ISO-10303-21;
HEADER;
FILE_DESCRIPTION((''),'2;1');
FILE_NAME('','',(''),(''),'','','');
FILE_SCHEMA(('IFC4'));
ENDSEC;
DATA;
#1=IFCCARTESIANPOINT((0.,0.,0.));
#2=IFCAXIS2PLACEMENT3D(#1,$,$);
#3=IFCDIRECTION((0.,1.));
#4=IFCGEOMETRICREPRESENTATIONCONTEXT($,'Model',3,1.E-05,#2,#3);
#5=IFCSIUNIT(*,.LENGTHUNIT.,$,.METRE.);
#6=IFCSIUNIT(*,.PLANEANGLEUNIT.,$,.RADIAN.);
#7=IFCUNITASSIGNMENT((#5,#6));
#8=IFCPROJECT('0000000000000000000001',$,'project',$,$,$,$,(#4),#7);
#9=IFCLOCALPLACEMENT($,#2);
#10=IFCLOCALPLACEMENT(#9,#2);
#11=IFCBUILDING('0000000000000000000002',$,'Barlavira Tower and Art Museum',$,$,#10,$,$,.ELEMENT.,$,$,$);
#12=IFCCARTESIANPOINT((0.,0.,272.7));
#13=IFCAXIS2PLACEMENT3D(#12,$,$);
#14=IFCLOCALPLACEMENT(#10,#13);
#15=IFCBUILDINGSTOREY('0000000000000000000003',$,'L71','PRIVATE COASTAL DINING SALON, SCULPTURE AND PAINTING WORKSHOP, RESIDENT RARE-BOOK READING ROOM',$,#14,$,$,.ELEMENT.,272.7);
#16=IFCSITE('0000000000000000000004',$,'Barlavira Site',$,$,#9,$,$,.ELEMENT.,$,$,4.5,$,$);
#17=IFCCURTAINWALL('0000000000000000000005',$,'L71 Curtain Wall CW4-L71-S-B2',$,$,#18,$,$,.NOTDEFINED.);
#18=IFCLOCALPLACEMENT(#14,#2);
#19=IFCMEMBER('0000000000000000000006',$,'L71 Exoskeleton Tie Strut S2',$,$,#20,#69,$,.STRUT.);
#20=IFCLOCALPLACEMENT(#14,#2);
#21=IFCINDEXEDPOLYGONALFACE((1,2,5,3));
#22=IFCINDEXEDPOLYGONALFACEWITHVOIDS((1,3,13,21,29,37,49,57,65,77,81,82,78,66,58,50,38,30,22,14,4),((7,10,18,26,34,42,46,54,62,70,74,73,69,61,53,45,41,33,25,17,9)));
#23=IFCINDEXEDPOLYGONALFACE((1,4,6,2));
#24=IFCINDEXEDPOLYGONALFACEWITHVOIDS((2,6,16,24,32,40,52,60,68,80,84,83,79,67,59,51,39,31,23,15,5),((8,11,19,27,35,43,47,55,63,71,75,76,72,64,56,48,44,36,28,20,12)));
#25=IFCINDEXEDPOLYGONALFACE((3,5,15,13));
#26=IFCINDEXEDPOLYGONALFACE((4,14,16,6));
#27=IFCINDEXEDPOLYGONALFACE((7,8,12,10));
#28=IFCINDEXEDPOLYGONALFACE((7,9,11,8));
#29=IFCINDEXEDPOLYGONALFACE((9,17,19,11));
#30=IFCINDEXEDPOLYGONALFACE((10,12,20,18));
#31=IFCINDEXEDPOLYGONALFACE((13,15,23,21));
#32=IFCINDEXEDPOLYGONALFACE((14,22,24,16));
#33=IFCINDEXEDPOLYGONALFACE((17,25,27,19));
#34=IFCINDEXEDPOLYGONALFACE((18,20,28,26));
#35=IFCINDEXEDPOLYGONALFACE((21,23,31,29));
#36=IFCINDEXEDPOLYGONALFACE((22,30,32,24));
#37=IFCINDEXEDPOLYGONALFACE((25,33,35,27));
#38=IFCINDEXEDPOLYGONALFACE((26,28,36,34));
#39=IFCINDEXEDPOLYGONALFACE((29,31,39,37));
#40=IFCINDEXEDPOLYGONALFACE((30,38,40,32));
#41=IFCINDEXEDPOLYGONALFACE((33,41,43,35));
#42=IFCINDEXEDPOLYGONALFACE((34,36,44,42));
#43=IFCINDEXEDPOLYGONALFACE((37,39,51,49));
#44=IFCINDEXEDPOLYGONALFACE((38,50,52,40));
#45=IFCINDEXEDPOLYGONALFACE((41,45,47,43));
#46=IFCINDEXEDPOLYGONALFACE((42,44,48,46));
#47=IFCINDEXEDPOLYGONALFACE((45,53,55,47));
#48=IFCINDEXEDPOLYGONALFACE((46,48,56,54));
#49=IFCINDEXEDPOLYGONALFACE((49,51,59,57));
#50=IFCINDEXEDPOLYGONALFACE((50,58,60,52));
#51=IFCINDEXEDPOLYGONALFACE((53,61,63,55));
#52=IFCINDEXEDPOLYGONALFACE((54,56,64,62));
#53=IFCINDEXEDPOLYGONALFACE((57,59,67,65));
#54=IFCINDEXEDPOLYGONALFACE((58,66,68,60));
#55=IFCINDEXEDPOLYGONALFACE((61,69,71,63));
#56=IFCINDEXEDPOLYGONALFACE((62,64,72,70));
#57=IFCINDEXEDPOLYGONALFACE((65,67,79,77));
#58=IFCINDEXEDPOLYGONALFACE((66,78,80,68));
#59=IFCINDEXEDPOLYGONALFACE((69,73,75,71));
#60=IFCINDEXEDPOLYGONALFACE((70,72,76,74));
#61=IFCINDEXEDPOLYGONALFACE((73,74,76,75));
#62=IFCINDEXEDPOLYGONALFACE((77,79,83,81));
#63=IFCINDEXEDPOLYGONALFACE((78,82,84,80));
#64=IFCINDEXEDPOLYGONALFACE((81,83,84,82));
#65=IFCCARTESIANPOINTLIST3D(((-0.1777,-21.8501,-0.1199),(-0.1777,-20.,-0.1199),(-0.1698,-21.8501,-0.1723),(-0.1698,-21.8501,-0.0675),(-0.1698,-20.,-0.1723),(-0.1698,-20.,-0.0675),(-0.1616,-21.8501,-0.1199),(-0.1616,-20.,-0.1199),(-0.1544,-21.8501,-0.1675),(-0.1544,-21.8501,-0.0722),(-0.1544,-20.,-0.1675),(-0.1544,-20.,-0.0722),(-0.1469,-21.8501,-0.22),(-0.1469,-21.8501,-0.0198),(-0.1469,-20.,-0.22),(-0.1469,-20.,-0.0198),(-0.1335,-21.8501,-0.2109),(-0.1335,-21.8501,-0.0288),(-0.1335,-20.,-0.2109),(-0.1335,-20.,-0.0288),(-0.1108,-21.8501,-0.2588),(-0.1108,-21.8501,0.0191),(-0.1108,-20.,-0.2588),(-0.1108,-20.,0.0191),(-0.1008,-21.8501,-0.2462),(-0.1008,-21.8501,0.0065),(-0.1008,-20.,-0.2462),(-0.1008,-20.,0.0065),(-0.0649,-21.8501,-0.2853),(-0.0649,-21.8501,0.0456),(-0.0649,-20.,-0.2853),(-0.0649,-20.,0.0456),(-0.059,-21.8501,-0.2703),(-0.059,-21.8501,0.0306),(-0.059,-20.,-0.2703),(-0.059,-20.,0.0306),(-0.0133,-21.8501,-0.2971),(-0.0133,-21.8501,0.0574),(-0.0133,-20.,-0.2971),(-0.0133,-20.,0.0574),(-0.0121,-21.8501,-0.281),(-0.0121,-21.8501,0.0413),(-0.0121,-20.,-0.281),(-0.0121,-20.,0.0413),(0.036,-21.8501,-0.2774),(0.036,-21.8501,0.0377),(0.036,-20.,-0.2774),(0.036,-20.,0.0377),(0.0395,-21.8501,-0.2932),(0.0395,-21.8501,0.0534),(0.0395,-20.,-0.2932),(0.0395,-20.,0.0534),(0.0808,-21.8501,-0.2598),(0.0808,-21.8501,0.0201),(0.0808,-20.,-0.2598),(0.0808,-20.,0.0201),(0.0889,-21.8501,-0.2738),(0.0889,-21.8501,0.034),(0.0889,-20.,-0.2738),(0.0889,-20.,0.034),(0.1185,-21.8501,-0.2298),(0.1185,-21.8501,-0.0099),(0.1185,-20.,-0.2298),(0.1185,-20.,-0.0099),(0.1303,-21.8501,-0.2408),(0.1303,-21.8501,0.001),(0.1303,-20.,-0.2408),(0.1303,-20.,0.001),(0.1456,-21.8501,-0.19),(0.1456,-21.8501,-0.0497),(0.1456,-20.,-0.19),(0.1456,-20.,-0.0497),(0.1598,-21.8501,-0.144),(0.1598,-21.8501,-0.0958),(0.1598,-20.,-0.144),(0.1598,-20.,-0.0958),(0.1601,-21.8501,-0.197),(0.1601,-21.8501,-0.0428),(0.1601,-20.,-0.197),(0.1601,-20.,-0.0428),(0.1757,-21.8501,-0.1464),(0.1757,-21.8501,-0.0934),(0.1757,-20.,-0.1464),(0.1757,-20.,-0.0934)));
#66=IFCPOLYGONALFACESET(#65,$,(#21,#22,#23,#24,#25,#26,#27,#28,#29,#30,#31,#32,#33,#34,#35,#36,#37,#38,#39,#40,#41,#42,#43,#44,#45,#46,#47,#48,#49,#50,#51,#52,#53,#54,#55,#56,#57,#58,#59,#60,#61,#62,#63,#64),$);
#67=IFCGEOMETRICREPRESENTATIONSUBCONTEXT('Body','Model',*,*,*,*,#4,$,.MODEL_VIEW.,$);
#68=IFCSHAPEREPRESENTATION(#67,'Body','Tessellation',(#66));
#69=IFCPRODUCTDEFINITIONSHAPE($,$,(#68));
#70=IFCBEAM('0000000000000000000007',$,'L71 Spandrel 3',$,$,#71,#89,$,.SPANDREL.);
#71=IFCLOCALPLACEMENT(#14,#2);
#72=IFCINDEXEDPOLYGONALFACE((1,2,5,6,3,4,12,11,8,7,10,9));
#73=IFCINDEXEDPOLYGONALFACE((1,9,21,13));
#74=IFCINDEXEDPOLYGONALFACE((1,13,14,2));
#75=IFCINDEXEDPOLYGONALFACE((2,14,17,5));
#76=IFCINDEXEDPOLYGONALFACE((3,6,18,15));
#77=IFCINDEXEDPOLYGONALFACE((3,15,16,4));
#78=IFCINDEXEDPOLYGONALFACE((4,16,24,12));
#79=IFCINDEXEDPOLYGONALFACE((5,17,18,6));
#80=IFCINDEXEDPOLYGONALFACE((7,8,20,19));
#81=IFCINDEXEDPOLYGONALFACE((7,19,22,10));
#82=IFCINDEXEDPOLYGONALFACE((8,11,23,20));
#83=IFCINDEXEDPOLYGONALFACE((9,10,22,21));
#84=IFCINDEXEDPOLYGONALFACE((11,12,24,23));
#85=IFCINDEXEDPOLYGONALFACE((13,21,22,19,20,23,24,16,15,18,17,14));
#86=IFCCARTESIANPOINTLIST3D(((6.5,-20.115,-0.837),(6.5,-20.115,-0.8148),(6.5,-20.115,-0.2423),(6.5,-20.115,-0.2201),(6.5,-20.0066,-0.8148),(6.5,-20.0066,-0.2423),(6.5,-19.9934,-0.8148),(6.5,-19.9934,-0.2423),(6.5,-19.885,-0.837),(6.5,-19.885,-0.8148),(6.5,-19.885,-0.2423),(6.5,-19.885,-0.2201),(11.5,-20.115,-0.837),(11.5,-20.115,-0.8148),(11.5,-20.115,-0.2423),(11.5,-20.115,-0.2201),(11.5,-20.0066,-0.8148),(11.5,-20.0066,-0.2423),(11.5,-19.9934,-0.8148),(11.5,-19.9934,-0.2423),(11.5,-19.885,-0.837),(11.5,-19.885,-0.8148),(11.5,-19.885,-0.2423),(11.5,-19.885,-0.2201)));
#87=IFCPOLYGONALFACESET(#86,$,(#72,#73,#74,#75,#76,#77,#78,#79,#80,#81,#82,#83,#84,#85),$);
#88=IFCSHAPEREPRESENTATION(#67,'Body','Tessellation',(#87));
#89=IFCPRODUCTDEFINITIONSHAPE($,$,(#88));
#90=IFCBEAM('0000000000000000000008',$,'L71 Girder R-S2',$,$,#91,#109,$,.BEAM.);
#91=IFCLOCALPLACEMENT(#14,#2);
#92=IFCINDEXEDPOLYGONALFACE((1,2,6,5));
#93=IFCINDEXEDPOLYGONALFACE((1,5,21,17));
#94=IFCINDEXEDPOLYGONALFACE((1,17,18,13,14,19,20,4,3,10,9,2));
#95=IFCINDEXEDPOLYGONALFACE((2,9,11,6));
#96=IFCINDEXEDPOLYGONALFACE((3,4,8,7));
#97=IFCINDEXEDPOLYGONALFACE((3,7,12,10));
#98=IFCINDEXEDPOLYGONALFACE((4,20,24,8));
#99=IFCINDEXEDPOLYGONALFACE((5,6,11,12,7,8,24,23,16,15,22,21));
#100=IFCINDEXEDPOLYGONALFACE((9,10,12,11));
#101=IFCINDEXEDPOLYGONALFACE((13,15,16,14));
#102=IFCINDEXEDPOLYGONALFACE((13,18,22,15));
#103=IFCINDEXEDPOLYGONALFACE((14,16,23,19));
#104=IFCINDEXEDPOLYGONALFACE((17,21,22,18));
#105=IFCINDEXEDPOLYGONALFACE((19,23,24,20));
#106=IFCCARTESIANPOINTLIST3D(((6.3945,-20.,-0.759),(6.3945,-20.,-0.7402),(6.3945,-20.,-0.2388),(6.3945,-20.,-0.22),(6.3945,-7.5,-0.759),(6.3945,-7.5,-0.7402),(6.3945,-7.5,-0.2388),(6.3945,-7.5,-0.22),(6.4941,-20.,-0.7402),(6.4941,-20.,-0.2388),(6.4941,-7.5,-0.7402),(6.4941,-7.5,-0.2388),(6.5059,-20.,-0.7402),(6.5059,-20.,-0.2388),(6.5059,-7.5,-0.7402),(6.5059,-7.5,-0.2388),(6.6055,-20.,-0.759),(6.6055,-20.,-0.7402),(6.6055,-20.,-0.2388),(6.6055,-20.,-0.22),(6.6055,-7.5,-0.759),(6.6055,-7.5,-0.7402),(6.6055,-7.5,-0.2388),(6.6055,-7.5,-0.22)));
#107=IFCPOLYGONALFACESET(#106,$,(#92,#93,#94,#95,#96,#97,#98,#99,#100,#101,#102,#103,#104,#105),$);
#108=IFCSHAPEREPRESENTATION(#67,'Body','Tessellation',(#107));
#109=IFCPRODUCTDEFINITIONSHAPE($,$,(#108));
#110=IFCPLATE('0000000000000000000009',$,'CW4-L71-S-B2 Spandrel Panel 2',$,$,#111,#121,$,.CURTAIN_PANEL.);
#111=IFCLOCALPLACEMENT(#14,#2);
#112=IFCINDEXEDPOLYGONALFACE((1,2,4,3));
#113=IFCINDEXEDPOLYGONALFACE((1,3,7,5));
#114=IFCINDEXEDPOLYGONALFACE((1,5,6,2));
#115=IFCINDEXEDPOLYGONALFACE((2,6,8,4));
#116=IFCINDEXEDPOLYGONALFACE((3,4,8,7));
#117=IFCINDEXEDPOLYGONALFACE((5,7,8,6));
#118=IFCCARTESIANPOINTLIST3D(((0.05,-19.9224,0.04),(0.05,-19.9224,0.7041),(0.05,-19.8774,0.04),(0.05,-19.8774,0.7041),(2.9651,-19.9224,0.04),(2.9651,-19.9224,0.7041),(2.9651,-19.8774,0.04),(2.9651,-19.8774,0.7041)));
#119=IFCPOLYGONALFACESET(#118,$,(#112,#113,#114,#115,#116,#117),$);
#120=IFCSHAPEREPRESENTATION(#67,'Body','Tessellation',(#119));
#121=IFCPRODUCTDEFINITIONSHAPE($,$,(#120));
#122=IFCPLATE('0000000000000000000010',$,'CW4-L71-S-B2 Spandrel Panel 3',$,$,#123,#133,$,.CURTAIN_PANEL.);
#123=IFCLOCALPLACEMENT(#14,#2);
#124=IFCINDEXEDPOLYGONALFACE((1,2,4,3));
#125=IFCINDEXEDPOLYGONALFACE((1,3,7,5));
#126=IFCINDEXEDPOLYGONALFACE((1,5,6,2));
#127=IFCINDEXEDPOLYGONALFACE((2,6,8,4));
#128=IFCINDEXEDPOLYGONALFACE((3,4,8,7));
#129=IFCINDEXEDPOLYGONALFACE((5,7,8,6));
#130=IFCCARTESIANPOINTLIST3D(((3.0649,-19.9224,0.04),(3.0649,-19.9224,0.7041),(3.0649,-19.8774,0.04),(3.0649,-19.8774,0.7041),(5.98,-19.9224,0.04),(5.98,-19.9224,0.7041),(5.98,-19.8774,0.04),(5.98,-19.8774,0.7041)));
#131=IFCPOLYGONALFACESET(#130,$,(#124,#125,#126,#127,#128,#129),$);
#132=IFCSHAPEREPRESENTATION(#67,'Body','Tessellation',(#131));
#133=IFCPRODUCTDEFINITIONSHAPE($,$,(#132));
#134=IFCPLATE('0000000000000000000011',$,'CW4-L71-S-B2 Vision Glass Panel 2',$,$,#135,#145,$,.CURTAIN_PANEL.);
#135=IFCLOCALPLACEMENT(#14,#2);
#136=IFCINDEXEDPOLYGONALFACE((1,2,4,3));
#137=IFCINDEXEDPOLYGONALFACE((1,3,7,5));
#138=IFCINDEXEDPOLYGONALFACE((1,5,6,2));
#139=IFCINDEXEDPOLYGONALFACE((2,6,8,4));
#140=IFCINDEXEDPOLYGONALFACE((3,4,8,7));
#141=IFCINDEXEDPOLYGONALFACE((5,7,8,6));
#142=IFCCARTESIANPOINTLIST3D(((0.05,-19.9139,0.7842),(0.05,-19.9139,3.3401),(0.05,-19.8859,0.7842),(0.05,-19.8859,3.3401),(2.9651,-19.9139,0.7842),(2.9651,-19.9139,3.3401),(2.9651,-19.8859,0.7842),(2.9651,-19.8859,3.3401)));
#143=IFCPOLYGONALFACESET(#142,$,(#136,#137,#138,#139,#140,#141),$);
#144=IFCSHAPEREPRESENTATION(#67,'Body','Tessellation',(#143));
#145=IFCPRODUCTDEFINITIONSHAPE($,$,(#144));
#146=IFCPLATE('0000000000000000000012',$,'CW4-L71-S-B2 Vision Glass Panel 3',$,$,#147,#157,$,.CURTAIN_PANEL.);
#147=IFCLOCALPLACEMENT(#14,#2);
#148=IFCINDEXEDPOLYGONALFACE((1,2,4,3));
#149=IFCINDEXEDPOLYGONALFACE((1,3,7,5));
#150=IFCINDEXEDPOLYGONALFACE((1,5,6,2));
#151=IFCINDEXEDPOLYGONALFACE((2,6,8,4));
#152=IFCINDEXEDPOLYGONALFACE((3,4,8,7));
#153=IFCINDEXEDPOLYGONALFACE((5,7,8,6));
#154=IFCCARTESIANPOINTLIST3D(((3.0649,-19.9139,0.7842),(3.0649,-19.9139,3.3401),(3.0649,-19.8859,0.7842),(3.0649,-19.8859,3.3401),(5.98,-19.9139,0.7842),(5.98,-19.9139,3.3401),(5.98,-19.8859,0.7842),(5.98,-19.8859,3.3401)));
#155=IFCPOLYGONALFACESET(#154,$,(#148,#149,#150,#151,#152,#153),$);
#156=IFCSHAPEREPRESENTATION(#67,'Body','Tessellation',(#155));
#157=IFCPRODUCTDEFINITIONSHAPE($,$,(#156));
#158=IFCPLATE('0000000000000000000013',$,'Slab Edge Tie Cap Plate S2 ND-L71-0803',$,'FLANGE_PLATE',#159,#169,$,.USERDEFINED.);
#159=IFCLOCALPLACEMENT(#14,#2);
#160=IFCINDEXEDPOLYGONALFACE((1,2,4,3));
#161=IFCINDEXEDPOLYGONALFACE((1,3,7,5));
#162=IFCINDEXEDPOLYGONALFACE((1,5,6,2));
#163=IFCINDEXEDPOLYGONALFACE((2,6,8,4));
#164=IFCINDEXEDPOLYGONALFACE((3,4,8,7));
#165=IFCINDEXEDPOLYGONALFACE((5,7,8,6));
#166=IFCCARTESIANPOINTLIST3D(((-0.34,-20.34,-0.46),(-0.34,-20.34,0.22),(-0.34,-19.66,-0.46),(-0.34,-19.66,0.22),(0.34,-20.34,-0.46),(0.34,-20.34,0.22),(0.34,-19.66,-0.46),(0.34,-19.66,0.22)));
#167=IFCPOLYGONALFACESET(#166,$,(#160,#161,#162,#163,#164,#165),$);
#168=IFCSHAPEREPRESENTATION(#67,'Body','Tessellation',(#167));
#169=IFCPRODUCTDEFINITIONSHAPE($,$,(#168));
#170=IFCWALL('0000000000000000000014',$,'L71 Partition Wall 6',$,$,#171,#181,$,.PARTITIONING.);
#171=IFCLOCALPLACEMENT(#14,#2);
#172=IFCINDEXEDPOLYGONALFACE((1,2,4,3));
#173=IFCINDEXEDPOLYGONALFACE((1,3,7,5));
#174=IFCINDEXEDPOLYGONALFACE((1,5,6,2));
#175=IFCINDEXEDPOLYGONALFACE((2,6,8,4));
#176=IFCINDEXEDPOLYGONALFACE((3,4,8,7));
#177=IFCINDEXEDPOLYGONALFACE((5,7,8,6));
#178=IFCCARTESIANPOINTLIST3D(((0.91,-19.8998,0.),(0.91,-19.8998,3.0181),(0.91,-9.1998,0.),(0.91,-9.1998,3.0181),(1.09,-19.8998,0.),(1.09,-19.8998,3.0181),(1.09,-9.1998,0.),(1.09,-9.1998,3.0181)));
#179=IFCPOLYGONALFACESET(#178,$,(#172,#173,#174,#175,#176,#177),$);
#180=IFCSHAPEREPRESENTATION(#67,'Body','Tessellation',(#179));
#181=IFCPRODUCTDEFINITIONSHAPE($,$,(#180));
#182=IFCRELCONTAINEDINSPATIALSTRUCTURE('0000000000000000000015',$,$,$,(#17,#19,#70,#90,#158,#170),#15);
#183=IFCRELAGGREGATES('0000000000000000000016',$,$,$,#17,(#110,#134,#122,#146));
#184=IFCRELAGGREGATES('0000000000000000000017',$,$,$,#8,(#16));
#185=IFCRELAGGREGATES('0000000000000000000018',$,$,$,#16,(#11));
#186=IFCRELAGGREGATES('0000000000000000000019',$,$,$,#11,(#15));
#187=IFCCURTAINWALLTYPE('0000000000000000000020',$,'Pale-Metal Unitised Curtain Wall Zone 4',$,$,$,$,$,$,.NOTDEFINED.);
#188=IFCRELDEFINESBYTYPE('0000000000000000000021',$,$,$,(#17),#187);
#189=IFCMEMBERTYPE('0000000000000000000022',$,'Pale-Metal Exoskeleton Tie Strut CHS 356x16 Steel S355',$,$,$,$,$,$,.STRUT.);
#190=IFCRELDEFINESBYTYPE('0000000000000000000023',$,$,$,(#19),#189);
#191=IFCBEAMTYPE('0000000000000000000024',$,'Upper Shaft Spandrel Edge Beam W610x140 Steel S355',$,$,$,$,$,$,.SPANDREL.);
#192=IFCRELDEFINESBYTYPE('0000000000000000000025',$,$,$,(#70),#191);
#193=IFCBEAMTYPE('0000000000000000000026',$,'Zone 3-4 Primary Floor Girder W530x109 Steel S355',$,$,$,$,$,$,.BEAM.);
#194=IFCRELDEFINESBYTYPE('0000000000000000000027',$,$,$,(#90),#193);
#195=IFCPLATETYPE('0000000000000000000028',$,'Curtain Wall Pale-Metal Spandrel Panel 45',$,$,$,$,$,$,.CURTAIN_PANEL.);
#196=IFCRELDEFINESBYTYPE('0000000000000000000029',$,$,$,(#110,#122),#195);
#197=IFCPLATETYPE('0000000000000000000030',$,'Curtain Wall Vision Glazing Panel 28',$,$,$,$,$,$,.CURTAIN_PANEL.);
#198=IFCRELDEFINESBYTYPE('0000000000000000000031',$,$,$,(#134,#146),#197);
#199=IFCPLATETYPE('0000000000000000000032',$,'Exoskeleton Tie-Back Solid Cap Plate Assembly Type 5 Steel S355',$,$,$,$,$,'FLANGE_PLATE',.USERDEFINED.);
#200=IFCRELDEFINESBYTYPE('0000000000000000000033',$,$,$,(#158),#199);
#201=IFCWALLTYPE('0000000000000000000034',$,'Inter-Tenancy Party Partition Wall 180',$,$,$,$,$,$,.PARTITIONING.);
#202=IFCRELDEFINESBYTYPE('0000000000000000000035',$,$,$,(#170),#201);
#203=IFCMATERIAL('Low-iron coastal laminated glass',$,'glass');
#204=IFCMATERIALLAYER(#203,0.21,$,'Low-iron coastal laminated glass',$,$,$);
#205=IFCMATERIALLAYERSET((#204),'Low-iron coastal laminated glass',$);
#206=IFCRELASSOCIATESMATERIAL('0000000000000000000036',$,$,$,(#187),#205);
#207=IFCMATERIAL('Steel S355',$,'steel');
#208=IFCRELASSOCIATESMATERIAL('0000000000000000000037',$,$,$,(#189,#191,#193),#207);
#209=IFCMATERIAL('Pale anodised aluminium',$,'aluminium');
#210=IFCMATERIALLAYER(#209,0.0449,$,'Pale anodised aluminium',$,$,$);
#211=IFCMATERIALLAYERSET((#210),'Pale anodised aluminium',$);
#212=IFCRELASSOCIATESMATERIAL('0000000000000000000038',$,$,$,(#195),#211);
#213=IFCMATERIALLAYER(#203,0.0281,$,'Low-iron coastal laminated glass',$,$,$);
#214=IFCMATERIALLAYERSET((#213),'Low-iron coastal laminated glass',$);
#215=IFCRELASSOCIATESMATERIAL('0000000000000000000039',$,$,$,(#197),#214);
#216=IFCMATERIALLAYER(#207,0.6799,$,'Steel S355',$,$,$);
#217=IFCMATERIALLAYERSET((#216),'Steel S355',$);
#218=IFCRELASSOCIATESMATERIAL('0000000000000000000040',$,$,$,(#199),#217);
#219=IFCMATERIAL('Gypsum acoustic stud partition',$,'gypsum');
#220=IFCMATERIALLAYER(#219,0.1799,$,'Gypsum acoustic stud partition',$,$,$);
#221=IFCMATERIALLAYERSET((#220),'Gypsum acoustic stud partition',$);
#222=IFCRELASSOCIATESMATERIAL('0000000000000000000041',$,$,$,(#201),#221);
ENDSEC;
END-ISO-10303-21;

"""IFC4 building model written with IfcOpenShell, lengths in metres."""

from ifc_helpers import new_model, si_unit, direction, frame, frame_2d, origin, origin_2d, place, context, subcontext, project, spatial, rectangle, hollow_circle, i_section, extrude, material, layer, layer_set, material_profile, profile_set, type_object, element, aggregate, save


model = new_model("IFC4")

# Units and contexts
model_context = context("Model", 3, precision=1e-05, world=origin(), true_north=direction((0.0, 1.0)))
body_context = subcontext(model_context, "Body", "Model", "MODEL_VIEW")
ifc_project = project(units=[si_unit("LENGTHUNIT", "METRE"), si_unit("PLANEANGLEUNIT", "RADIAN")], contexts=[model_context])

# Site, building, storey
site_placement = place(None, origin())
site = spatial("IfcSite", under=ifc_project, at=site_placement, Name="Barlavira Site", CompositionType="ELEMENT", RefElevation=4.5)
building_placement = place(site_placement, origin())
building = spatial("IfcBuilding", under=site, at=building_placement, Name="Barlavira Tower and Art Museum", CompositionType="ELEMENT")
storey_placement = place(building_placement, frame((0.0, 0.0, 272.7)))
storey = spatial("IfcBuildingStorey", under=building, at=storey_placement, Name="L71", Description="PRIVATE COASTAL DINING SALON, SCULPTURE AND PAINTING WORKSHOP, RESIDENT RARE-BOOK READING ROOM", CompositionType="ELEMENT", Elevation=272.7)

# Curtain wall
ifc_material_1 = material(Name="Low-iron coastal laminated glass", Category="glass")
ifc_layer_1 = layer(ifc_material_1, 0.21, Name="Low-iron coastal laminated glass")
ifc_layer_set_1 = layer_set([ifc_layer_1], Name="Low-iron coastal laminated glass")
curtain_wall_type = type_object("IfcCurtainWallType", Name="Pale-Metal Unitised Curtain Wall Zone 4", PredefinedType="NOTDEFINED", material=ifc_layer_set_1)
curtain_wall_placement = place(storey_placement, origin())
curtain_wall = element("IfcCurtainWall", 1, at=curtain_wall_placement, inside=storey, type_object=curtain_wall_type, Name="L71 Curtain Wall CW4-L71-S-B2", PredefinedType="NOTDEFINED")
ifc_material_2 = material(Name="Pale anodised aluminium", Category="aluminium")

# Member
ifc_material_3 = material(Name="Steel S355", Category="steel")
ifc_material_profile_1 = material_profile(ifc_material_3, hollow_circle(Radius=0.1777, WallThickness=0.0161, at=origin_2d()), Name="CHS 355.6x16.0")
ifc_profile_set_1 = profile_set([ifc_material_profile_1], Name="Steel S355")
member_type_1 = type_object("IfcMemberType", Name="Pale-Metal Exoskeleton Tie Strut CHS 356x16 Steel S355", PredefinedType="STRUT", material=ifc_profile_set_1)
member_1_placement = place(storey_placement, frame((0.0, -21.8501, -0.1199), z_axis=(0.0, 1.0, 0.0), x_axis=(-1.0, 0.0, 0.0)))
element("IfcMember", 2, at=member_1_placement, inside=storey, type_object=member_type_1, Name="L71 Exoskeleton Tie Strut S2", PredefinedType="STRUT", context=body_context, shape_type="SweptSolid", body=[
    extrude(hollow_circle(Radius=0.1777, WallThickness=0.0161, at=origin_2d()), origin(), (0.0, 0.0, 1.0), 1.8501),
])

# Beams
ifc_material_profile_2 = material_profile(ifc_material_3, i_section(OverallWidth=0.23, OverallDepth=0.6169, WebThickness=0.0132, FlangeThickness=0.0222, at=origin_2d()), Name="W610x140.0")
ifc_profile_set_2 = profile_set([ifc_material_profile_2], Name="Steel S355")
beam_type_1 = type_object("IfcBeamType", Name="Upper Shaft Spandrel Edge Beam W610x140 Steel S355", PredefinedType="SPANDREL", material=ifc_profile_set_2)
beam_1_placement = place(storey_placement, frame((6.5, -20.0, -0.5286), z_axis=(1.0, 0.0, 0.0), x_axis=(0.0, 1.0, 0.0)))
element("IfcBeam", 3, at=beam_1_placement, inside=storey, type_object=beam_type_1, Name="L71 Spandrel 3", PredefinedType="SPANDREL", context=body_context, shape_type="SweptSolid", body=[
    extrude(i_section(OverallWidth=0.23, OverallDepth=0.6169, WebThickness=0.0132, FlangeThickness=0.0222, at=origin_2d()), origin(), (0.0, 0.0, 1.0), 5.0),
])
ifc_material_profile_3 = material_profile(ifc_material_3, i_section(OverallWidth=0.2109, OverallDepth=0.5391, WebThickness=0.0117, FlangeThickness=0.0188, at=origin_2d()), Name="W530x109.0")
ifc_profile_set_3 = profile_set([ifc_material_profile_3], Name="Steel S355")
beam_type_2 = type_object("IfcBeamType", Name="Zone 3-4 Primary Floor Girder W530x109 Steel S355", PredefinedType="BEAM", material=ifc_profile_set_3)
beam_2_placement = place(storey_placement, frame((6.5, -20.0, -0.4895), z_axis=(0.0, 1.0, 0.0), x_axis=(-1.0, 0.0, 0.0)))
element("IfcBeam", 4, at=beam_2_placement, inside=storey, type_object=beam_type_2, Name="L71 Girder R-S2", PredefinedType="BEAM", context=body_context, shape_type="SweptSolid", body=[
    extrude(i_section(OverallWidth=0.2109, OverallDepth=0.5391, WebThickness=0.0117, FlangeThickness=0.0188, at=origin_2d()), origin(), (0.0, 0.0, 1.0), 12.5),
])

# Plates
ifc_layer_2 = layer(ifc_material_2, 0.0449, Name="Pale anodised aluminium")
ifc_layer_set_2 = layer_set([ifc_layer_2], Name="Pale anodised aluminium")
plate_type_1 = type_object("IfcPlateType", Name="Curtain Wall Pale-Metal Spandrel Panel 45", PredefinedType="CURTAIN_PANEL", material=ifc_layer_set_2)
plate_1_placement = place(storey_placement, frame((1.5076, -19.8999, 0.04), z_axis=(0.0, 0.0, 1.0), x_axis=(1.0, 0.0, 0.0)))
plate_1 = element("IfcPlate", 5, at=plate_1_placement, type_object=plate_type_1, Name="CW4-L71-S-B2 Spandrel Panel 2", PredefinedType="CURTAIN_PANEL", context=body_context, shape_type="SweptSolid", body=[
    extrude(rectangle(XDim=2.915, YDim=0.0449, at=origin_2d()), origin(), (0.0, 0.0, 1.0), 0.6641),
])
plate_2_placement = place(storey_placement, frame((4.5225, -19.8999, 0.04), z_axis=(0.0, 0.0, 1.0), x_axis=(1.0, 0.0, 0.0)))
plate_2 = element("IfcPlate", 6, at=plate_2_placement, type_object=plate_type_1, Name="CW4-L71-S-B2 Spandrel Panel 3", PredefinedType="CURTAIN_PANEL", context=body_context, shape_type="SweptSolid", body=[
    extrude(rectangle(XDim=2.915, YDim=0.0449, at=origin_2d()), origin(), (0.0, 0.0, 1.0), 0.6641),
])
ifc_layer_3 = layer(ifc_material_1, 0.0281, Name="Low-iron coastal laminated glass")
ifc_layer_set_3 = layer_set([ifc_layer_3], Name="Low-iron coastal laminated glass")
plate_type_2 = type_object("IfcPlateType", Name="Curtain Wall Vision Glazing Panel 28", PredefinedType="CURTAIN_PANEL", material=ifc_layer_set_3)
plate_3_placement = place(storey_placement, frame((1.5076, -19.8999, 0.7842), z_axis=(0.0, 0.0, 1.0), x_axis=(1.0, 0.0, 0.0)))
plate_3 = element("IfcPlate", 7, at=plate_3_placement, type_object=plate_type_2, Name="CW4-L71-S-B2 Vision Glass Panel 2", PredefinedType="CURTAIN_PANEL", context=body_context, shape_type="SweptSolid", body=[
    extrude(rectangle(XDim=2.915, YDim=0.0281, at=origin_2d()), origin(), (0.0, 0.0, 1.0), 2.5559),
])
plate_4_placement = place(storey_placement, frame((4.5225, -19.8999, 0.7842), z_axis=(0.0, 0.0, 1.0), x_axis=(1.0, 0.0, 0.0)))
plate_4 = element("IfcPlate", 8, at=plate_4_placement, type_object=plate_type_2, Name="CW4-L71-S-B2 Vision Glass Panel 3", PredefinedType="CURTAIN_PANEL", context=body_context, shape_type="SweptSolid", body=[
    extrude(rectangle(XDim=2.915, YDim=0.0281, at=origin_2d()), origin(), (0.0, 0.0, 1.0), 2.5559),
])
aggregate(curtain_wall, [plate_1, plate_3, plate_2, plate_4])
ifc_layer_4 = layer(ifc_material_3, 0.6799, Name="Steel S355")
ifc_layer_set_4 = layer_set([ifc_layer_4], Name="Steel S355")
plate_type_3 = type_object("IfcPlateType", Name="Exoskeleton Tie-Back Solid Cap Plate Assembly Type 5 Steel S355", ElementType="FLANGE_PLATE", PredefinedType="USERDEFINED", material=ifc_layer_set_4)
plate_5_placement = place(storey_placement, frame((0.0, -20.0, -0.46), z_axis=(0.0, 0.0, 1.0), x_axis=(1.0, 0.0, 0.0)))
element("IfcPlate", 9, at=plate_5_placement, inside=storey, type_object=plate_type_3, Name="Slab Edge Tie Cap Plate S2 ND-L71-0803", ObjectType="FLANGE_PLATE", PredefinedType="USERDEFINED", context=body_context, shape_type="SweptSolid", body=[
    extrude(rectangle(XDim=0.6799, YDim=0.6799, at=origin_2d()), origin(), (0.0, 0.0, 1.0), 0.6799),
])

# Wall
ifc_material_4 = material(Name="Gypsum acoustic stud partition", Category="gypsum")
ifc_layer_5 = layer(ifc_material_4, 0.1799, Name="Gypsum acoustic stud partition")
ifc_layer_set_5 = layer_set([ifc_layer_5], Name="Gypsum acoustic stud partition")
wall_type = type_object("IfcWallType", Name="Inter-Tenancy Party Partition Wall 180", PredefinedType="PARTITIONING", material=ifc_layer_set_5)
wall_1_placement = place(storey_placement, frame((1.0, -19.8999, 0.0), z_axis=(0.0, 0.0, 1.0), x_axis=(0.0, 1.0, 0.0)))
element("IfcWall", 10, at=wall_1_placement, inside=storey, type_object=wall_type, Name="L71 Partition Wall 6", PredefinedType="PARTITIONING", context=body_context, shape_type="SweptSolid", body=[
    extrude(rectangle(XDim=10.7, YDim=0.1799, at=frame_2d((5.3501, 0.0))), origin(), (0.0, 0.0, 1.0), 3.0181),
])

save(model, "model.ifc")
